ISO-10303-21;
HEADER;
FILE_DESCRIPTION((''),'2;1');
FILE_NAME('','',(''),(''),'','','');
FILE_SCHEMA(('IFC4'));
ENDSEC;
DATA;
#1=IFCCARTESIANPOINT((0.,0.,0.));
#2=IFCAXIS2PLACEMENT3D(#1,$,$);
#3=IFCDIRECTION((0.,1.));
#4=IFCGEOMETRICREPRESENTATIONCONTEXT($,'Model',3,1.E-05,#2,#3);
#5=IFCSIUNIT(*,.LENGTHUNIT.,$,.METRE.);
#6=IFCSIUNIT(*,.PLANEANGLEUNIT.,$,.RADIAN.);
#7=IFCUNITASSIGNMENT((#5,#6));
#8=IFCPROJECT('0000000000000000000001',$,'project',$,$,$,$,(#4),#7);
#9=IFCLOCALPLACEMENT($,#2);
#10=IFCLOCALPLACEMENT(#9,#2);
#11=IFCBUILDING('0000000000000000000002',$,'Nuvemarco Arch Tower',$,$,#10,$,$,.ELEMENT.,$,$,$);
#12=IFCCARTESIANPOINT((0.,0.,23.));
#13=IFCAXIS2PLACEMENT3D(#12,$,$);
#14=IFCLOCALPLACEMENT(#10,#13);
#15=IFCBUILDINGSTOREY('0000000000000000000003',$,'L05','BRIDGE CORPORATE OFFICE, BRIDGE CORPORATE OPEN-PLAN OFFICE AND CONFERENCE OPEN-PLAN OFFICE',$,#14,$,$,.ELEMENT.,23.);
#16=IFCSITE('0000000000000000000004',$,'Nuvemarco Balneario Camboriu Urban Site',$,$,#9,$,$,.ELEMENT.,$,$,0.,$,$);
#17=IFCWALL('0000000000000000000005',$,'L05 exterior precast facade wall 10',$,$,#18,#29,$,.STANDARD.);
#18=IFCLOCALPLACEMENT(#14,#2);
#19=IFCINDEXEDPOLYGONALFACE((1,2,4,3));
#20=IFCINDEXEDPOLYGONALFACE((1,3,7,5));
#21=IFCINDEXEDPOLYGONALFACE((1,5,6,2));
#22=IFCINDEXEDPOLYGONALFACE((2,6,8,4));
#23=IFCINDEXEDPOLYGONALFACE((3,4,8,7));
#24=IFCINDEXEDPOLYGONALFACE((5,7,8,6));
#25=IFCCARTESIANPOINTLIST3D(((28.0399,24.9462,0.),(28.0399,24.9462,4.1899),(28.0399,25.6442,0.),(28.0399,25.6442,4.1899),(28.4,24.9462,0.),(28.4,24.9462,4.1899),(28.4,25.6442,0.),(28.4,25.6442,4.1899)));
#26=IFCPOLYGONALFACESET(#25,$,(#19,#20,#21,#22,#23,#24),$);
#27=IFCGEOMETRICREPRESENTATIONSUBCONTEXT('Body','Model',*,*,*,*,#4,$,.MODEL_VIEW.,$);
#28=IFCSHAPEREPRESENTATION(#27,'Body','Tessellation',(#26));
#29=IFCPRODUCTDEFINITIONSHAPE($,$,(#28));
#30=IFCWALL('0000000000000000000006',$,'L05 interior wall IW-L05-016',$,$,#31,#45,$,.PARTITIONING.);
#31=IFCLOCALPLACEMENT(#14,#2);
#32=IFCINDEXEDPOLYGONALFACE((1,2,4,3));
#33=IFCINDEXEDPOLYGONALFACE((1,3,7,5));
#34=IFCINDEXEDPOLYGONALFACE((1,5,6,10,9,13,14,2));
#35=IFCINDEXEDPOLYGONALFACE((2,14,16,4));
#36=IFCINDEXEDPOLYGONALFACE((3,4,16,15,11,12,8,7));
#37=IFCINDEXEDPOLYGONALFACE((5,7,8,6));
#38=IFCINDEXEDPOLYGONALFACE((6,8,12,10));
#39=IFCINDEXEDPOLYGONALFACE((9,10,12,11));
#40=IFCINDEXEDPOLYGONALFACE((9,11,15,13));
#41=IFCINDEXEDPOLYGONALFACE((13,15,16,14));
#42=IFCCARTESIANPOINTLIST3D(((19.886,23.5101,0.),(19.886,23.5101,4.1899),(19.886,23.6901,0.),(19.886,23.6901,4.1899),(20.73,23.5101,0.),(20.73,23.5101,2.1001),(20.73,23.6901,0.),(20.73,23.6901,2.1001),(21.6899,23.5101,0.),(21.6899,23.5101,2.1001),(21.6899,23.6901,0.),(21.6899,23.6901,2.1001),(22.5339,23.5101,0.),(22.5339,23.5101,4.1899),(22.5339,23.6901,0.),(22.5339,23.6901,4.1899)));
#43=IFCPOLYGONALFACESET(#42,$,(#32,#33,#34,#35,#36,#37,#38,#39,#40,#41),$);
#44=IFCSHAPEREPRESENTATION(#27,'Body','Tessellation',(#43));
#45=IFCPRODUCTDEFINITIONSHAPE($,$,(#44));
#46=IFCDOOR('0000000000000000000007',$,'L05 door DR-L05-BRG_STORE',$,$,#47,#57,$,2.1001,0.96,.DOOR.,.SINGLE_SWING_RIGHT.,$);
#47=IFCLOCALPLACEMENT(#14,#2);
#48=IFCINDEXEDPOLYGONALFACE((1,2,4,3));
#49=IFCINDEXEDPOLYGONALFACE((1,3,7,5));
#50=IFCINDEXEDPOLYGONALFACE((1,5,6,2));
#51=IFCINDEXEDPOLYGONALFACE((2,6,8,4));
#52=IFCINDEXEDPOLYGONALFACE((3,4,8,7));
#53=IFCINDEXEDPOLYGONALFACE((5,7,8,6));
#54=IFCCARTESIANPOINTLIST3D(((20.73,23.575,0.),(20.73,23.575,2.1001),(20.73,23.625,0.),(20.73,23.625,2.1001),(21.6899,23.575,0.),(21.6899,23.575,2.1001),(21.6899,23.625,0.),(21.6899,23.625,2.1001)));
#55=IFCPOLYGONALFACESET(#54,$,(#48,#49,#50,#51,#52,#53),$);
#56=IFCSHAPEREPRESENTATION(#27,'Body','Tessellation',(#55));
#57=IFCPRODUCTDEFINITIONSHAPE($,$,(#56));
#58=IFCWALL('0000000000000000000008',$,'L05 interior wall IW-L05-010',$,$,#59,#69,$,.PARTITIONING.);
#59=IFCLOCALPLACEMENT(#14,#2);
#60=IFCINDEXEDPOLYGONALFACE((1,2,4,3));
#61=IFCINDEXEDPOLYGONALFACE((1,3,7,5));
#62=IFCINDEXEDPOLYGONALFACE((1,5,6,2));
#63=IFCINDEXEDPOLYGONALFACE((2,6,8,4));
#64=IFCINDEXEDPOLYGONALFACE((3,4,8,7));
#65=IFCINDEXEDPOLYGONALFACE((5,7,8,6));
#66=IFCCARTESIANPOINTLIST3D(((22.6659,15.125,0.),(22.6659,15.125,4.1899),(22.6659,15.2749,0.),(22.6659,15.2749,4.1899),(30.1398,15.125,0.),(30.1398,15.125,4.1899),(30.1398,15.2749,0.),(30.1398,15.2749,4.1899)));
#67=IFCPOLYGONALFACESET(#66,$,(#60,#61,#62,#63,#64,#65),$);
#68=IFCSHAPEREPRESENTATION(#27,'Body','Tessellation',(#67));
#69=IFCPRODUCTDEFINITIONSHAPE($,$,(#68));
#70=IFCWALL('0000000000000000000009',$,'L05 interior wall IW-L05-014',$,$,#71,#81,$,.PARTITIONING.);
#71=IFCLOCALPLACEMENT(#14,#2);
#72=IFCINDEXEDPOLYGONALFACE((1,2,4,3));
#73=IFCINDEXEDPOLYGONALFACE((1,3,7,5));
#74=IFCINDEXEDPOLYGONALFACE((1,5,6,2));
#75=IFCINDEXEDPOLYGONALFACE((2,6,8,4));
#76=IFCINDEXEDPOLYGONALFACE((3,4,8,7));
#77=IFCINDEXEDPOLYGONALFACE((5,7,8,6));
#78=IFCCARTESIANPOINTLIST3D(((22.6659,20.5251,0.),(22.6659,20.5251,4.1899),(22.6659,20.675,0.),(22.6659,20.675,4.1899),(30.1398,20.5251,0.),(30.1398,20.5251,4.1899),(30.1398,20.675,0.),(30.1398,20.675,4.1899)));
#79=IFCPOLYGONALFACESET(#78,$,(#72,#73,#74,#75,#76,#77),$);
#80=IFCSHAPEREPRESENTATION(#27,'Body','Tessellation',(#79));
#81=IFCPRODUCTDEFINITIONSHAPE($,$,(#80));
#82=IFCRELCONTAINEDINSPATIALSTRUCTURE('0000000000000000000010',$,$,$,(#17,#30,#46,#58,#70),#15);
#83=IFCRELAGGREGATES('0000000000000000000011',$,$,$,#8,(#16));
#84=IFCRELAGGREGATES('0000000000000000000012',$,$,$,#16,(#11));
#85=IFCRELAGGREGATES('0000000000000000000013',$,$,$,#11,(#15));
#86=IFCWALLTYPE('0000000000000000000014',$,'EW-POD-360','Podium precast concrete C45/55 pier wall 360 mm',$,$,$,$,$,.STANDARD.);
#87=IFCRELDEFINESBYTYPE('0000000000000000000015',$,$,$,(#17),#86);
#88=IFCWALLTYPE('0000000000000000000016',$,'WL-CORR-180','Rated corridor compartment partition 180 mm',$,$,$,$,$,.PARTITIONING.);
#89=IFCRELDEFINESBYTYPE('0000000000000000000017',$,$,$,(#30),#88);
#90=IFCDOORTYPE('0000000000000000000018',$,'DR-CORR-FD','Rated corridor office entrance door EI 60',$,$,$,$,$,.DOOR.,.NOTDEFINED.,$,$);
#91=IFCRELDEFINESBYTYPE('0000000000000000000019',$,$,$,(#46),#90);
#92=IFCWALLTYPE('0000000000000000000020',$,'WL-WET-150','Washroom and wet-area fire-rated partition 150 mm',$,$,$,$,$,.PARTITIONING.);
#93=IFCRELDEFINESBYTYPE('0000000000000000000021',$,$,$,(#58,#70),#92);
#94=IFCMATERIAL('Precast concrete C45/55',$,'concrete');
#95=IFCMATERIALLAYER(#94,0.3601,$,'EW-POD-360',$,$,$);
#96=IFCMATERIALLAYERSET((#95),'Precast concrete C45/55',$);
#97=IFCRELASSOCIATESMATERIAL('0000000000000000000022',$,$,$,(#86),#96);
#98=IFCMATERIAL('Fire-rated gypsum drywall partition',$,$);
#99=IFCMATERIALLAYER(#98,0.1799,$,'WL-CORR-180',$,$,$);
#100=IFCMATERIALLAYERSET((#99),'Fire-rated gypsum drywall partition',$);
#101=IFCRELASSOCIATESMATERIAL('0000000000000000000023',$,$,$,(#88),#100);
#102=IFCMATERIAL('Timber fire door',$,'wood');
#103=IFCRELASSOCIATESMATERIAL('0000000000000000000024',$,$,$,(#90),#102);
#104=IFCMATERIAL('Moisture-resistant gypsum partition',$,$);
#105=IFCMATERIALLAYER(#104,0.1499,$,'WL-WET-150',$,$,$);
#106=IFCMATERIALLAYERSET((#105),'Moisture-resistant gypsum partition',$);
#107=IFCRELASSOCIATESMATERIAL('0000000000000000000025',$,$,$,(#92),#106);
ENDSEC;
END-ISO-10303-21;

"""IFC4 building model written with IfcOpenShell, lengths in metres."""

from ifc_helpers import new_model, si_unit, direction, frame, frame_2d, origin, place, context, subcontext, project, spatial, rectangle, extrude, source, transform, mapped, material, layer, layer_set, type_object, type_shapes, element, fill, save


model = new_model("IFC4")

# Units and contexts
model_context = context("Model", 3, precision=1e-05, world=origin(), true_north=direction((0.0, 1.0)))
body_context = subcontext(model_context, "Body", "Model", "MODEL_VIEW")
ifc_project = project(units=[si_unit("LENGTHUNIT", "METRE"), si_unit("PLANEANGLEUNIT", "RADIAN")], contexts=[model_context])

# Site, building, storey
site_placement = place(None, origin())
site = spatial("IfcSite", under=ifc_project, at=site_placement, Name="Nuvemarco Balneario Camboriu Urban Site", CompositionType="ELEMENT", RefElevation=0.0)
building_placement = place(site_placement, origin())
building = spatial("IfcBuilding", under=site, at=building_placement, Name="Nuvemarco Arch Tower", CompositionType="ELEMENT")
storey_placement = place(building_placement, frame((0.0, 0.0, 23.0)))
storey = spatial("IfcBuildingStorey", under=building, at=storey_placement, Name="L05", Description="BRIDGE CORPORATE OFFICE, BRIDGE CORPORATE OPEN-PLAN OFFICE AND CONFERENCE OPEN-PLAN OFFICE", CompositionType="ELEMENT", Elevation=23.0)

# Shared definitions
ifc_material_1 = material(Name="Precast concrete C45/55", Category="concrete")

# Wall
ifc_layer_1 = layer(ifc_material_1, 0.3601, Name="EW-POD-360")
ifc_layer_set_1 = layer_set([ifc_layer_1], Name="Precast concrete C45/55")
wall_type_1 = type_object("IfcWallType", Name="EW-POD-360", Description="Podium precast concrete C45/55 pier wall 360 mm", PredefinedType="STANDARD", material=ifc_layer_set_1)
wall_1_placement = place(storey_placement, frame((28.22, 24.946, 0.0), z_axis=(0.0, 0.0, 1.0), x_axis=(0.0, 1.0, 0.0)))
element("IfcWall", 1, at=wall_1_placement, inside=storey, type_object=wall_type_1, Name="L05 exterior precast facade wall 10", PredefinedType="STANDARD", context=body_context, shape_type="SweptSolid", body=[
    extrude(rectangle(XDim=0.698, YDim=0.3601, at=frame_2d((0.3491, 0.0))), origin(), (0.0, 0.0, 1.0), 4.1899),
])

# Wall, opening, door
ifc_material_2 = material(Name="Fire-rated gypsum drywall partition")
ifc_layer_2 = layer(ifc_material_2, 0.1799, Name="WL-CORR-180")
ifc_layer_set_2 = layer_set([ifc_layer_2], Name="Fire-rated gypsum drywall partition")
wall_type_2 = type_object("IfcWallType", Name="WL-CORR-180", Description="Rated corridor compartment partition 180 mm", PredefinedType="PARTITIONING", material=ifc_layer_set_2)
wall_2_placement = place(storey_placement, frame((19.886, 23.6001, 0.0), z_axis=(0.0, 0.0, 1.0), x_axis=(1.0, 0.0, 0.0)))
wall_2 = element("IfcWall", 2, at=wall_2_placement, inside=storey, type_object=wall_type_2, Name="L05 interior wall IW-L05-016", PredefinedType="PARTITIONING", context=body_context, shape_type="SweptSolid", body=[
    extrude(rectangle(XDim=2.6479, YDim=0.1799, at=frame_2d((1.324, 0.0))), origin(), (0.0, 0.0, 1.0), 4.1899),
])
opening_placement = place(wall_2_placement, frame((0.844, 0.0, 0.0)))
opening = element("IfcOpeningElement", 3, at=opening_placement, cuts=wall_2, PredefinedType="OPENING", context=body_context, shape_type="SweptSolid", body=[
    extrude(rectangle(XDim=0.96, YDim=2.1001, at=frame_2d((0.48, 1.05))), frame((0.0, 0.0999, 0.0), z_axis=(0.0, -1.0, 0.0), x_axis=(1.0, 0.0, 0.0)), (0.0, 0.0, 1.0), 0.2),
])
ifc_material_3 = material(Name="Timber fire door", Category="wood")
door_type = type_object("IfcDoorType", Name="DR-CORR-FD", Description="Rated corridor office entrance door EI 60", OperationType="NOTDEFINED", PredefinedType="DOOR", material=ifc_material_3)
shared_shape_1 = source(origin(), body_context, "Body", "SweptSolid", [
    extrude(rectangle(XDim=0.96, YDim=2.1001, at=frame_2d((0.48, 1.05))), frame((0.0, 0.0249, 0.0), z_axis=(0.0, -1.0, 0.0), x_axis=(1.0, 0.0, 0.0)), (0.0, 0.0, 1.0), 0.05),
])
type_shapes(door_type, [shared_shape_1])
door_placement = place(opening_placement, origin())
door = element("IfcDoor", 4, at=door_placement, inside=storey, type_object=door_type, Name="L05 door DR-L05-BRG_STORE", OperationType="SINGLE_SWING_RIGHT", OverallHeight=2.1001, OverallWidth=0.96, PredefinedType="DOOR", context=body_context, shape_type="MappedRepresentation", body=[
    mapped(shared_shape_1, transform((0.0, 0.0, 0.0), scale=1.0)),
])
fill(opening, door)

# Walls
ifc_material_4 = material(Name="Moisture-resistant gypsum partition")
ifc_layer_3 = layer(ifc_material_4, 0.1499, Name="WL-WET-150")
ifc_layer_set_3 = layer_set([ifc_layer_3], Name="Moisture-resistant gypsum partition")
wall_type_3 = type_object("IfcWallType", Name="WL-WET-150", Description="Washroom and wet-area fire-rated partition 150 mm", PredefinedType="PARTITIONING", material=ifc_layer_set_3)
for number, where, z_axis, x_axis, name in (
    (5, (22.666, 15.2, 0.0), (0.0, 0.0, 1.0), (1.0, 0.0, 0.0), "L05 interior wall IW-L05-010"),
    (6, (22.666, 20.6001, 0.0), (0.0, 0.0, 1.0), (1.0, 0.0, 0.0), "L05 interior wall IW-L05-014"),
):
    element("IfcWall", number, at=place(storey_placement, frame(where, z_axis=z_axis, x_axis=x_axis)), inside=storey, type_object=wall_type_3, Name=name, PredefinedType="PARTITIONING", context=body_context, shape_type="SweptSolid", body=[
        extrude(rectangle(XDim=7.4739, YDim=0.1499, at=frame_2d((3.7368, 0.0))), origin(), (0.0, 0.0, 1.0), 4.1899),
    ])

save(model, "model.ifc")
